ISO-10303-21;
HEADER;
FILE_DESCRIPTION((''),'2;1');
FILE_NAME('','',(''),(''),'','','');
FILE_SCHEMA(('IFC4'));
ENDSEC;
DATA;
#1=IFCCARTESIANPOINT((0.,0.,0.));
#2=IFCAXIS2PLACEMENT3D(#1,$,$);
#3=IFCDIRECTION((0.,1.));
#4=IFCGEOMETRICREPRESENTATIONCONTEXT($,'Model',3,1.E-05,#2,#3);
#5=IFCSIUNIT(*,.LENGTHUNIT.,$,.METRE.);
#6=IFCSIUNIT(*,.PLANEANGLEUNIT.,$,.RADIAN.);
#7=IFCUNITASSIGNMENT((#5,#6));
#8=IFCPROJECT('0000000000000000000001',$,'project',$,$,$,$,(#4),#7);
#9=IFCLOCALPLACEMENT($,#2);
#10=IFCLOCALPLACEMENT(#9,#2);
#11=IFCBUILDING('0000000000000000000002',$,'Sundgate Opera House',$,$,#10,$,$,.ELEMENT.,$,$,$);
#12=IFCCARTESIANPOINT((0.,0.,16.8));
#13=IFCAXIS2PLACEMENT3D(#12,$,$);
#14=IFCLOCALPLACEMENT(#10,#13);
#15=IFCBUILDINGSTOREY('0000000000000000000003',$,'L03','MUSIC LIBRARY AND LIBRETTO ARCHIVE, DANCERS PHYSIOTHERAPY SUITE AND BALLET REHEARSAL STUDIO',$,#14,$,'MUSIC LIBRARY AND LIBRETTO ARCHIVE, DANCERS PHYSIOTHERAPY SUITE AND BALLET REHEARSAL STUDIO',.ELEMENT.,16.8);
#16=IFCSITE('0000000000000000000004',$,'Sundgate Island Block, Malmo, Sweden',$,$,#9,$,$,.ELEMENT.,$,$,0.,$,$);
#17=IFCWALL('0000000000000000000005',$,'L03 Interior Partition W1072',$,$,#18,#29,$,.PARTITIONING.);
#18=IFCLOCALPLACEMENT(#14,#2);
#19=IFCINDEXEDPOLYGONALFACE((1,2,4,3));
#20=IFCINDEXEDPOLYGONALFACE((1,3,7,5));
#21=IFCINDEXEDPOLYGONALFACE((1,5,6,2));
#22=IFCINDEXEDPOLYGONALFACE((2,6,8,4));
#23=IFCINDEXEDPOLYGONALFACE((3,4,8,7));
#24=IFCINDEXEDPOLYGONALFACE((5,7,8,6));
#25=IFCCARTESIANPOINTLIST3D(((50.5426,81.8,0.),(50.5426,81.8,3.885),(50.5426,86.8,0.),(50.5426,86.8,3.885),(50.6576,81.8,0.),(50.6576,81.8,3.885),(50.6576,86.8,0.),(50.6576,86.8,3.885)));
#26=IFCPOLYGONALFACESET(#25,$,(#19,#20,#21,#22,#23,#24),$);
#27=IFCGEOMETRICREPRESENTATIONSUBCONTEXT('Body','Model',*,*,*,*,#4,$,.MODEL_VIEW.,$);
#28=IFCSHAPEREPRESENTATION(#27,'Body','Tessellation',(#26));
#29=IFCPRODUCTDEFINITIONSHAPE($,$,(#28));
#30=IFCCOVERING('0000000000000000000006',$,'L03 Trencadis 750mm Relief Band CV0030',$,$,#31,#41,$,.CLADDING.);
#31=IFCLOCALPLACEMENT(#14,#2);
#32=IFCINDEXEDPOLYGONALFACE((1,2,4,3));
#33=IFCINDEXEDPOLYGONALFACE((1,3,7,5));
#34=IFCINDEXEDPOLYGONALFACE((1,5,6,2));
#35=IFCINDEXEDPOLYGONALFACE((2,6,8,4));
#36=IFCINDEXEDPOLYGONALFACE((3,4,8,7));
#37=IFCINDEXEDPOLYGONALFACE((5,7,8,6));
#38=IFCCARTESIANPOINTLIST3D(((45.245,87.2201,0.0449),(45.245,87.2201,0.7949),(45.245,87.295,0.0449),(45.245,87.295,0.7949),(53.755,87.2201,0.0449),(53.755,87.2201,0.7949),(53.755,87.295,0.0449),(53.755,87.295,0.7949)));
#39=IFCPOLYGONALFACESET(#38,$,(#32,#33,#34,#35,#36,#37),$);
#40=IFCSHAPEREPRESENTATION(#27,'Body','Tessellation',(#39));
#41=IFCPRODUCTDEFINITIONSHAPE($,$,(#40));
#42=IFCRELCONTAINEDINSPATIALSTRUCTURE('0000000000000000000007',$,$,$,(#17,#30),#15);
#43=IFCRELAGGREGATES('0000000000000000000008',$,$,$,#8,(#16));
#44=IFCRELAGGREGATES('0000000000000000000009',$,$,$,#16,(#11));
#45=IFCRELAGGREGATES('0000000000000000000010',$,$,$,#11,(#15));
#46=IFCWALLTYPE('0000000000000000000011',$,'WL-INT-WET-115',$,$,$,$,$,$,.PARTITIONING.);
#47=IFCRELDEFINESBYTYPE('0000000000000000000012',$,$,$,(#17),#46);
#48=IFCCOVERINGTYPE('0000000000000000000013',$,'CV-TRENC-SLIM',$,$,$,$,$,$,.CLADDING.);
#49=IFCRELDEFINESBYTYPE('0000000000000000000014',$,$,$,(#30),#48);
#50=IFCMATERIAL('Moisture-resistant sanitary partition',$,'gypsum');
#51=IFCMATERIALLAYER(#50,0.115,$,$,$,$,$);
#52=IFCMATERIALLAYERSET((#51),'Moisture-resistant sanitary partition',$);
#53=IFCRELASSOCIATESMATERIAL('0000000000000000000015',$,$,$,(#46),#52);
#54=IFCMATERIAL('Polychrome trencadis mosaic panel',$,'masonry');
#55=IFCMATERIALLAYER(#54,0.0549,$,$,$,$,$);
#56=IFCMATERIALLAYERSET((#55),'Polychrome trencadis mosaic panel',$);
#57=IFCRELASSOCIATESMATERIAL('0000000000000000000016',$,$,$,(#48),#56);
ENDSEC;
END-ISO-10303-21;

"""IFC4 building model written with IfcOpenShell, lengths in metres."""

from ifc_helpers import new_model, si_unit, direction, frame, frame_2d, origin, origin_2d, place, context, subcontext, project, spatial, rectangle, extrude, material, layer, layer_set, type_object, element, save


model = new_model("IFC4")

# Units and contexts
model_context = context("Model", 3, precision=1e-05, world=origin(), true_north=direction((0.0, 1.0)))
body_context = subcontext(model_context, "Body", "Model", "MODEL_VIEW")
ifc_project = project(units=[si_unit("LENGTHUNIT", "METRE"), si_unit("PLANEANGLEUNIT", "RADIAN")], contexts=[model_context])

# Site, building, storey
site_placement = place(None, origin())
site = spatial("IfcSite", under=ifc_project, at=site_placement, Name="Sundgate Island Block, Malmo, Sweden", CompositionType="ELEMENT", RefElevation=0.0)
building_placement = place(site_placement, origin())
building = spatial("IfcBuilding", under=site, at=building_placement, Name="Sundgate Opera House", CompositionType="ELEMENT")
storey_placement = place(building_placement, frame((0.0, 0.0, 16.8)))
storey = spatial("IfcBuildingStorey", under=building, at=storey_placement, Name="L03", Description="MUSIC LIBRARY AND LIBRETTO ARCHIVE, DANCERS PHYSIOTHERAPY SUITE AND BALLET REHEARSAL STUDIO", LongName="MUSIC LIBRARY AND LIBRETTO ARCHIVE, DANCERS PHYSIOTHERAPY SUITE AND BALLET REHEARSAL STUDIO", CompositionType="ELEMENT", Elevation=16.8)

# Wall
ifc_material_1 = material(Name="Moisture-resistant sanitary partition", Category="gypsum")
ifc_layer_1 = layer(ifc_material_1, 0.115)
ifc_layer_set_1 = layer_set([ifc_layer_1], Name="Moisture-resistant sanitary partition")
wall_type_1 = type_object("IfcWallType", Name="WL-INT-WET-115", PredefinedType="PARTITIONING", material=ifc_layer_set_1)
wall_1_placement = place(storey_placement, frame((50.6001, 81.8, 0.0), z_axis=(0.0, 0.0, 1.0), x_axis=(0.0, 1.0, 0.0)))
element("IfcWall", 1, at=wall_1_placement, inside=storey, type_object=wall_type_1, Name="L03 Interior Partition W1072", PredefinedType="PARTITIONING", context=body_context, shape_type="SweptSolid", body=[
    extrude(rectangle(XDim=5.0, YDim=0.115, at=frame_2d((2.5, 0.0))), origin(), (0.0, 0.0, 1.0), 3.885),
])

# Covering
ifc_material_2 = material(Name="Polychrome trencadis mosaic panel", Category="masonry")
ifc_layer_2 = layer(ifc_material_2, 0.0549)
ifc_layer_set_2 = layer_set([ifc_layer_2], Name="Polychrome trencadis mosaic panel")
covering_type = type_object("IfcCoveringType", Name="CV-TRENC-SLIM", PredefinedType="CLADDING", material=ifc_layer_set_2)
covering_placement = place(storey_placement, frame((49.5, 87.2576, 0.0449), z_axis=(0.0, 0.0, 1.0), x_axis=(1.0, 0.0, 0.0)))
element("IfcCovering", 2, at=covering_placement, inside=storey, type_object=covering_type, Name="L03 Trencadis 750mm Relief Band CV0030", PredefinedType="CLADDING", context=body_context, shape_type="SweptSolid", body=[
    extrude(rectangle(XDim=8.51, YDim=0.075, at=origin_2d()), origin(), (0.0, 0.0, 1.0), 0.75),
])

save(model, "model.ifc")
